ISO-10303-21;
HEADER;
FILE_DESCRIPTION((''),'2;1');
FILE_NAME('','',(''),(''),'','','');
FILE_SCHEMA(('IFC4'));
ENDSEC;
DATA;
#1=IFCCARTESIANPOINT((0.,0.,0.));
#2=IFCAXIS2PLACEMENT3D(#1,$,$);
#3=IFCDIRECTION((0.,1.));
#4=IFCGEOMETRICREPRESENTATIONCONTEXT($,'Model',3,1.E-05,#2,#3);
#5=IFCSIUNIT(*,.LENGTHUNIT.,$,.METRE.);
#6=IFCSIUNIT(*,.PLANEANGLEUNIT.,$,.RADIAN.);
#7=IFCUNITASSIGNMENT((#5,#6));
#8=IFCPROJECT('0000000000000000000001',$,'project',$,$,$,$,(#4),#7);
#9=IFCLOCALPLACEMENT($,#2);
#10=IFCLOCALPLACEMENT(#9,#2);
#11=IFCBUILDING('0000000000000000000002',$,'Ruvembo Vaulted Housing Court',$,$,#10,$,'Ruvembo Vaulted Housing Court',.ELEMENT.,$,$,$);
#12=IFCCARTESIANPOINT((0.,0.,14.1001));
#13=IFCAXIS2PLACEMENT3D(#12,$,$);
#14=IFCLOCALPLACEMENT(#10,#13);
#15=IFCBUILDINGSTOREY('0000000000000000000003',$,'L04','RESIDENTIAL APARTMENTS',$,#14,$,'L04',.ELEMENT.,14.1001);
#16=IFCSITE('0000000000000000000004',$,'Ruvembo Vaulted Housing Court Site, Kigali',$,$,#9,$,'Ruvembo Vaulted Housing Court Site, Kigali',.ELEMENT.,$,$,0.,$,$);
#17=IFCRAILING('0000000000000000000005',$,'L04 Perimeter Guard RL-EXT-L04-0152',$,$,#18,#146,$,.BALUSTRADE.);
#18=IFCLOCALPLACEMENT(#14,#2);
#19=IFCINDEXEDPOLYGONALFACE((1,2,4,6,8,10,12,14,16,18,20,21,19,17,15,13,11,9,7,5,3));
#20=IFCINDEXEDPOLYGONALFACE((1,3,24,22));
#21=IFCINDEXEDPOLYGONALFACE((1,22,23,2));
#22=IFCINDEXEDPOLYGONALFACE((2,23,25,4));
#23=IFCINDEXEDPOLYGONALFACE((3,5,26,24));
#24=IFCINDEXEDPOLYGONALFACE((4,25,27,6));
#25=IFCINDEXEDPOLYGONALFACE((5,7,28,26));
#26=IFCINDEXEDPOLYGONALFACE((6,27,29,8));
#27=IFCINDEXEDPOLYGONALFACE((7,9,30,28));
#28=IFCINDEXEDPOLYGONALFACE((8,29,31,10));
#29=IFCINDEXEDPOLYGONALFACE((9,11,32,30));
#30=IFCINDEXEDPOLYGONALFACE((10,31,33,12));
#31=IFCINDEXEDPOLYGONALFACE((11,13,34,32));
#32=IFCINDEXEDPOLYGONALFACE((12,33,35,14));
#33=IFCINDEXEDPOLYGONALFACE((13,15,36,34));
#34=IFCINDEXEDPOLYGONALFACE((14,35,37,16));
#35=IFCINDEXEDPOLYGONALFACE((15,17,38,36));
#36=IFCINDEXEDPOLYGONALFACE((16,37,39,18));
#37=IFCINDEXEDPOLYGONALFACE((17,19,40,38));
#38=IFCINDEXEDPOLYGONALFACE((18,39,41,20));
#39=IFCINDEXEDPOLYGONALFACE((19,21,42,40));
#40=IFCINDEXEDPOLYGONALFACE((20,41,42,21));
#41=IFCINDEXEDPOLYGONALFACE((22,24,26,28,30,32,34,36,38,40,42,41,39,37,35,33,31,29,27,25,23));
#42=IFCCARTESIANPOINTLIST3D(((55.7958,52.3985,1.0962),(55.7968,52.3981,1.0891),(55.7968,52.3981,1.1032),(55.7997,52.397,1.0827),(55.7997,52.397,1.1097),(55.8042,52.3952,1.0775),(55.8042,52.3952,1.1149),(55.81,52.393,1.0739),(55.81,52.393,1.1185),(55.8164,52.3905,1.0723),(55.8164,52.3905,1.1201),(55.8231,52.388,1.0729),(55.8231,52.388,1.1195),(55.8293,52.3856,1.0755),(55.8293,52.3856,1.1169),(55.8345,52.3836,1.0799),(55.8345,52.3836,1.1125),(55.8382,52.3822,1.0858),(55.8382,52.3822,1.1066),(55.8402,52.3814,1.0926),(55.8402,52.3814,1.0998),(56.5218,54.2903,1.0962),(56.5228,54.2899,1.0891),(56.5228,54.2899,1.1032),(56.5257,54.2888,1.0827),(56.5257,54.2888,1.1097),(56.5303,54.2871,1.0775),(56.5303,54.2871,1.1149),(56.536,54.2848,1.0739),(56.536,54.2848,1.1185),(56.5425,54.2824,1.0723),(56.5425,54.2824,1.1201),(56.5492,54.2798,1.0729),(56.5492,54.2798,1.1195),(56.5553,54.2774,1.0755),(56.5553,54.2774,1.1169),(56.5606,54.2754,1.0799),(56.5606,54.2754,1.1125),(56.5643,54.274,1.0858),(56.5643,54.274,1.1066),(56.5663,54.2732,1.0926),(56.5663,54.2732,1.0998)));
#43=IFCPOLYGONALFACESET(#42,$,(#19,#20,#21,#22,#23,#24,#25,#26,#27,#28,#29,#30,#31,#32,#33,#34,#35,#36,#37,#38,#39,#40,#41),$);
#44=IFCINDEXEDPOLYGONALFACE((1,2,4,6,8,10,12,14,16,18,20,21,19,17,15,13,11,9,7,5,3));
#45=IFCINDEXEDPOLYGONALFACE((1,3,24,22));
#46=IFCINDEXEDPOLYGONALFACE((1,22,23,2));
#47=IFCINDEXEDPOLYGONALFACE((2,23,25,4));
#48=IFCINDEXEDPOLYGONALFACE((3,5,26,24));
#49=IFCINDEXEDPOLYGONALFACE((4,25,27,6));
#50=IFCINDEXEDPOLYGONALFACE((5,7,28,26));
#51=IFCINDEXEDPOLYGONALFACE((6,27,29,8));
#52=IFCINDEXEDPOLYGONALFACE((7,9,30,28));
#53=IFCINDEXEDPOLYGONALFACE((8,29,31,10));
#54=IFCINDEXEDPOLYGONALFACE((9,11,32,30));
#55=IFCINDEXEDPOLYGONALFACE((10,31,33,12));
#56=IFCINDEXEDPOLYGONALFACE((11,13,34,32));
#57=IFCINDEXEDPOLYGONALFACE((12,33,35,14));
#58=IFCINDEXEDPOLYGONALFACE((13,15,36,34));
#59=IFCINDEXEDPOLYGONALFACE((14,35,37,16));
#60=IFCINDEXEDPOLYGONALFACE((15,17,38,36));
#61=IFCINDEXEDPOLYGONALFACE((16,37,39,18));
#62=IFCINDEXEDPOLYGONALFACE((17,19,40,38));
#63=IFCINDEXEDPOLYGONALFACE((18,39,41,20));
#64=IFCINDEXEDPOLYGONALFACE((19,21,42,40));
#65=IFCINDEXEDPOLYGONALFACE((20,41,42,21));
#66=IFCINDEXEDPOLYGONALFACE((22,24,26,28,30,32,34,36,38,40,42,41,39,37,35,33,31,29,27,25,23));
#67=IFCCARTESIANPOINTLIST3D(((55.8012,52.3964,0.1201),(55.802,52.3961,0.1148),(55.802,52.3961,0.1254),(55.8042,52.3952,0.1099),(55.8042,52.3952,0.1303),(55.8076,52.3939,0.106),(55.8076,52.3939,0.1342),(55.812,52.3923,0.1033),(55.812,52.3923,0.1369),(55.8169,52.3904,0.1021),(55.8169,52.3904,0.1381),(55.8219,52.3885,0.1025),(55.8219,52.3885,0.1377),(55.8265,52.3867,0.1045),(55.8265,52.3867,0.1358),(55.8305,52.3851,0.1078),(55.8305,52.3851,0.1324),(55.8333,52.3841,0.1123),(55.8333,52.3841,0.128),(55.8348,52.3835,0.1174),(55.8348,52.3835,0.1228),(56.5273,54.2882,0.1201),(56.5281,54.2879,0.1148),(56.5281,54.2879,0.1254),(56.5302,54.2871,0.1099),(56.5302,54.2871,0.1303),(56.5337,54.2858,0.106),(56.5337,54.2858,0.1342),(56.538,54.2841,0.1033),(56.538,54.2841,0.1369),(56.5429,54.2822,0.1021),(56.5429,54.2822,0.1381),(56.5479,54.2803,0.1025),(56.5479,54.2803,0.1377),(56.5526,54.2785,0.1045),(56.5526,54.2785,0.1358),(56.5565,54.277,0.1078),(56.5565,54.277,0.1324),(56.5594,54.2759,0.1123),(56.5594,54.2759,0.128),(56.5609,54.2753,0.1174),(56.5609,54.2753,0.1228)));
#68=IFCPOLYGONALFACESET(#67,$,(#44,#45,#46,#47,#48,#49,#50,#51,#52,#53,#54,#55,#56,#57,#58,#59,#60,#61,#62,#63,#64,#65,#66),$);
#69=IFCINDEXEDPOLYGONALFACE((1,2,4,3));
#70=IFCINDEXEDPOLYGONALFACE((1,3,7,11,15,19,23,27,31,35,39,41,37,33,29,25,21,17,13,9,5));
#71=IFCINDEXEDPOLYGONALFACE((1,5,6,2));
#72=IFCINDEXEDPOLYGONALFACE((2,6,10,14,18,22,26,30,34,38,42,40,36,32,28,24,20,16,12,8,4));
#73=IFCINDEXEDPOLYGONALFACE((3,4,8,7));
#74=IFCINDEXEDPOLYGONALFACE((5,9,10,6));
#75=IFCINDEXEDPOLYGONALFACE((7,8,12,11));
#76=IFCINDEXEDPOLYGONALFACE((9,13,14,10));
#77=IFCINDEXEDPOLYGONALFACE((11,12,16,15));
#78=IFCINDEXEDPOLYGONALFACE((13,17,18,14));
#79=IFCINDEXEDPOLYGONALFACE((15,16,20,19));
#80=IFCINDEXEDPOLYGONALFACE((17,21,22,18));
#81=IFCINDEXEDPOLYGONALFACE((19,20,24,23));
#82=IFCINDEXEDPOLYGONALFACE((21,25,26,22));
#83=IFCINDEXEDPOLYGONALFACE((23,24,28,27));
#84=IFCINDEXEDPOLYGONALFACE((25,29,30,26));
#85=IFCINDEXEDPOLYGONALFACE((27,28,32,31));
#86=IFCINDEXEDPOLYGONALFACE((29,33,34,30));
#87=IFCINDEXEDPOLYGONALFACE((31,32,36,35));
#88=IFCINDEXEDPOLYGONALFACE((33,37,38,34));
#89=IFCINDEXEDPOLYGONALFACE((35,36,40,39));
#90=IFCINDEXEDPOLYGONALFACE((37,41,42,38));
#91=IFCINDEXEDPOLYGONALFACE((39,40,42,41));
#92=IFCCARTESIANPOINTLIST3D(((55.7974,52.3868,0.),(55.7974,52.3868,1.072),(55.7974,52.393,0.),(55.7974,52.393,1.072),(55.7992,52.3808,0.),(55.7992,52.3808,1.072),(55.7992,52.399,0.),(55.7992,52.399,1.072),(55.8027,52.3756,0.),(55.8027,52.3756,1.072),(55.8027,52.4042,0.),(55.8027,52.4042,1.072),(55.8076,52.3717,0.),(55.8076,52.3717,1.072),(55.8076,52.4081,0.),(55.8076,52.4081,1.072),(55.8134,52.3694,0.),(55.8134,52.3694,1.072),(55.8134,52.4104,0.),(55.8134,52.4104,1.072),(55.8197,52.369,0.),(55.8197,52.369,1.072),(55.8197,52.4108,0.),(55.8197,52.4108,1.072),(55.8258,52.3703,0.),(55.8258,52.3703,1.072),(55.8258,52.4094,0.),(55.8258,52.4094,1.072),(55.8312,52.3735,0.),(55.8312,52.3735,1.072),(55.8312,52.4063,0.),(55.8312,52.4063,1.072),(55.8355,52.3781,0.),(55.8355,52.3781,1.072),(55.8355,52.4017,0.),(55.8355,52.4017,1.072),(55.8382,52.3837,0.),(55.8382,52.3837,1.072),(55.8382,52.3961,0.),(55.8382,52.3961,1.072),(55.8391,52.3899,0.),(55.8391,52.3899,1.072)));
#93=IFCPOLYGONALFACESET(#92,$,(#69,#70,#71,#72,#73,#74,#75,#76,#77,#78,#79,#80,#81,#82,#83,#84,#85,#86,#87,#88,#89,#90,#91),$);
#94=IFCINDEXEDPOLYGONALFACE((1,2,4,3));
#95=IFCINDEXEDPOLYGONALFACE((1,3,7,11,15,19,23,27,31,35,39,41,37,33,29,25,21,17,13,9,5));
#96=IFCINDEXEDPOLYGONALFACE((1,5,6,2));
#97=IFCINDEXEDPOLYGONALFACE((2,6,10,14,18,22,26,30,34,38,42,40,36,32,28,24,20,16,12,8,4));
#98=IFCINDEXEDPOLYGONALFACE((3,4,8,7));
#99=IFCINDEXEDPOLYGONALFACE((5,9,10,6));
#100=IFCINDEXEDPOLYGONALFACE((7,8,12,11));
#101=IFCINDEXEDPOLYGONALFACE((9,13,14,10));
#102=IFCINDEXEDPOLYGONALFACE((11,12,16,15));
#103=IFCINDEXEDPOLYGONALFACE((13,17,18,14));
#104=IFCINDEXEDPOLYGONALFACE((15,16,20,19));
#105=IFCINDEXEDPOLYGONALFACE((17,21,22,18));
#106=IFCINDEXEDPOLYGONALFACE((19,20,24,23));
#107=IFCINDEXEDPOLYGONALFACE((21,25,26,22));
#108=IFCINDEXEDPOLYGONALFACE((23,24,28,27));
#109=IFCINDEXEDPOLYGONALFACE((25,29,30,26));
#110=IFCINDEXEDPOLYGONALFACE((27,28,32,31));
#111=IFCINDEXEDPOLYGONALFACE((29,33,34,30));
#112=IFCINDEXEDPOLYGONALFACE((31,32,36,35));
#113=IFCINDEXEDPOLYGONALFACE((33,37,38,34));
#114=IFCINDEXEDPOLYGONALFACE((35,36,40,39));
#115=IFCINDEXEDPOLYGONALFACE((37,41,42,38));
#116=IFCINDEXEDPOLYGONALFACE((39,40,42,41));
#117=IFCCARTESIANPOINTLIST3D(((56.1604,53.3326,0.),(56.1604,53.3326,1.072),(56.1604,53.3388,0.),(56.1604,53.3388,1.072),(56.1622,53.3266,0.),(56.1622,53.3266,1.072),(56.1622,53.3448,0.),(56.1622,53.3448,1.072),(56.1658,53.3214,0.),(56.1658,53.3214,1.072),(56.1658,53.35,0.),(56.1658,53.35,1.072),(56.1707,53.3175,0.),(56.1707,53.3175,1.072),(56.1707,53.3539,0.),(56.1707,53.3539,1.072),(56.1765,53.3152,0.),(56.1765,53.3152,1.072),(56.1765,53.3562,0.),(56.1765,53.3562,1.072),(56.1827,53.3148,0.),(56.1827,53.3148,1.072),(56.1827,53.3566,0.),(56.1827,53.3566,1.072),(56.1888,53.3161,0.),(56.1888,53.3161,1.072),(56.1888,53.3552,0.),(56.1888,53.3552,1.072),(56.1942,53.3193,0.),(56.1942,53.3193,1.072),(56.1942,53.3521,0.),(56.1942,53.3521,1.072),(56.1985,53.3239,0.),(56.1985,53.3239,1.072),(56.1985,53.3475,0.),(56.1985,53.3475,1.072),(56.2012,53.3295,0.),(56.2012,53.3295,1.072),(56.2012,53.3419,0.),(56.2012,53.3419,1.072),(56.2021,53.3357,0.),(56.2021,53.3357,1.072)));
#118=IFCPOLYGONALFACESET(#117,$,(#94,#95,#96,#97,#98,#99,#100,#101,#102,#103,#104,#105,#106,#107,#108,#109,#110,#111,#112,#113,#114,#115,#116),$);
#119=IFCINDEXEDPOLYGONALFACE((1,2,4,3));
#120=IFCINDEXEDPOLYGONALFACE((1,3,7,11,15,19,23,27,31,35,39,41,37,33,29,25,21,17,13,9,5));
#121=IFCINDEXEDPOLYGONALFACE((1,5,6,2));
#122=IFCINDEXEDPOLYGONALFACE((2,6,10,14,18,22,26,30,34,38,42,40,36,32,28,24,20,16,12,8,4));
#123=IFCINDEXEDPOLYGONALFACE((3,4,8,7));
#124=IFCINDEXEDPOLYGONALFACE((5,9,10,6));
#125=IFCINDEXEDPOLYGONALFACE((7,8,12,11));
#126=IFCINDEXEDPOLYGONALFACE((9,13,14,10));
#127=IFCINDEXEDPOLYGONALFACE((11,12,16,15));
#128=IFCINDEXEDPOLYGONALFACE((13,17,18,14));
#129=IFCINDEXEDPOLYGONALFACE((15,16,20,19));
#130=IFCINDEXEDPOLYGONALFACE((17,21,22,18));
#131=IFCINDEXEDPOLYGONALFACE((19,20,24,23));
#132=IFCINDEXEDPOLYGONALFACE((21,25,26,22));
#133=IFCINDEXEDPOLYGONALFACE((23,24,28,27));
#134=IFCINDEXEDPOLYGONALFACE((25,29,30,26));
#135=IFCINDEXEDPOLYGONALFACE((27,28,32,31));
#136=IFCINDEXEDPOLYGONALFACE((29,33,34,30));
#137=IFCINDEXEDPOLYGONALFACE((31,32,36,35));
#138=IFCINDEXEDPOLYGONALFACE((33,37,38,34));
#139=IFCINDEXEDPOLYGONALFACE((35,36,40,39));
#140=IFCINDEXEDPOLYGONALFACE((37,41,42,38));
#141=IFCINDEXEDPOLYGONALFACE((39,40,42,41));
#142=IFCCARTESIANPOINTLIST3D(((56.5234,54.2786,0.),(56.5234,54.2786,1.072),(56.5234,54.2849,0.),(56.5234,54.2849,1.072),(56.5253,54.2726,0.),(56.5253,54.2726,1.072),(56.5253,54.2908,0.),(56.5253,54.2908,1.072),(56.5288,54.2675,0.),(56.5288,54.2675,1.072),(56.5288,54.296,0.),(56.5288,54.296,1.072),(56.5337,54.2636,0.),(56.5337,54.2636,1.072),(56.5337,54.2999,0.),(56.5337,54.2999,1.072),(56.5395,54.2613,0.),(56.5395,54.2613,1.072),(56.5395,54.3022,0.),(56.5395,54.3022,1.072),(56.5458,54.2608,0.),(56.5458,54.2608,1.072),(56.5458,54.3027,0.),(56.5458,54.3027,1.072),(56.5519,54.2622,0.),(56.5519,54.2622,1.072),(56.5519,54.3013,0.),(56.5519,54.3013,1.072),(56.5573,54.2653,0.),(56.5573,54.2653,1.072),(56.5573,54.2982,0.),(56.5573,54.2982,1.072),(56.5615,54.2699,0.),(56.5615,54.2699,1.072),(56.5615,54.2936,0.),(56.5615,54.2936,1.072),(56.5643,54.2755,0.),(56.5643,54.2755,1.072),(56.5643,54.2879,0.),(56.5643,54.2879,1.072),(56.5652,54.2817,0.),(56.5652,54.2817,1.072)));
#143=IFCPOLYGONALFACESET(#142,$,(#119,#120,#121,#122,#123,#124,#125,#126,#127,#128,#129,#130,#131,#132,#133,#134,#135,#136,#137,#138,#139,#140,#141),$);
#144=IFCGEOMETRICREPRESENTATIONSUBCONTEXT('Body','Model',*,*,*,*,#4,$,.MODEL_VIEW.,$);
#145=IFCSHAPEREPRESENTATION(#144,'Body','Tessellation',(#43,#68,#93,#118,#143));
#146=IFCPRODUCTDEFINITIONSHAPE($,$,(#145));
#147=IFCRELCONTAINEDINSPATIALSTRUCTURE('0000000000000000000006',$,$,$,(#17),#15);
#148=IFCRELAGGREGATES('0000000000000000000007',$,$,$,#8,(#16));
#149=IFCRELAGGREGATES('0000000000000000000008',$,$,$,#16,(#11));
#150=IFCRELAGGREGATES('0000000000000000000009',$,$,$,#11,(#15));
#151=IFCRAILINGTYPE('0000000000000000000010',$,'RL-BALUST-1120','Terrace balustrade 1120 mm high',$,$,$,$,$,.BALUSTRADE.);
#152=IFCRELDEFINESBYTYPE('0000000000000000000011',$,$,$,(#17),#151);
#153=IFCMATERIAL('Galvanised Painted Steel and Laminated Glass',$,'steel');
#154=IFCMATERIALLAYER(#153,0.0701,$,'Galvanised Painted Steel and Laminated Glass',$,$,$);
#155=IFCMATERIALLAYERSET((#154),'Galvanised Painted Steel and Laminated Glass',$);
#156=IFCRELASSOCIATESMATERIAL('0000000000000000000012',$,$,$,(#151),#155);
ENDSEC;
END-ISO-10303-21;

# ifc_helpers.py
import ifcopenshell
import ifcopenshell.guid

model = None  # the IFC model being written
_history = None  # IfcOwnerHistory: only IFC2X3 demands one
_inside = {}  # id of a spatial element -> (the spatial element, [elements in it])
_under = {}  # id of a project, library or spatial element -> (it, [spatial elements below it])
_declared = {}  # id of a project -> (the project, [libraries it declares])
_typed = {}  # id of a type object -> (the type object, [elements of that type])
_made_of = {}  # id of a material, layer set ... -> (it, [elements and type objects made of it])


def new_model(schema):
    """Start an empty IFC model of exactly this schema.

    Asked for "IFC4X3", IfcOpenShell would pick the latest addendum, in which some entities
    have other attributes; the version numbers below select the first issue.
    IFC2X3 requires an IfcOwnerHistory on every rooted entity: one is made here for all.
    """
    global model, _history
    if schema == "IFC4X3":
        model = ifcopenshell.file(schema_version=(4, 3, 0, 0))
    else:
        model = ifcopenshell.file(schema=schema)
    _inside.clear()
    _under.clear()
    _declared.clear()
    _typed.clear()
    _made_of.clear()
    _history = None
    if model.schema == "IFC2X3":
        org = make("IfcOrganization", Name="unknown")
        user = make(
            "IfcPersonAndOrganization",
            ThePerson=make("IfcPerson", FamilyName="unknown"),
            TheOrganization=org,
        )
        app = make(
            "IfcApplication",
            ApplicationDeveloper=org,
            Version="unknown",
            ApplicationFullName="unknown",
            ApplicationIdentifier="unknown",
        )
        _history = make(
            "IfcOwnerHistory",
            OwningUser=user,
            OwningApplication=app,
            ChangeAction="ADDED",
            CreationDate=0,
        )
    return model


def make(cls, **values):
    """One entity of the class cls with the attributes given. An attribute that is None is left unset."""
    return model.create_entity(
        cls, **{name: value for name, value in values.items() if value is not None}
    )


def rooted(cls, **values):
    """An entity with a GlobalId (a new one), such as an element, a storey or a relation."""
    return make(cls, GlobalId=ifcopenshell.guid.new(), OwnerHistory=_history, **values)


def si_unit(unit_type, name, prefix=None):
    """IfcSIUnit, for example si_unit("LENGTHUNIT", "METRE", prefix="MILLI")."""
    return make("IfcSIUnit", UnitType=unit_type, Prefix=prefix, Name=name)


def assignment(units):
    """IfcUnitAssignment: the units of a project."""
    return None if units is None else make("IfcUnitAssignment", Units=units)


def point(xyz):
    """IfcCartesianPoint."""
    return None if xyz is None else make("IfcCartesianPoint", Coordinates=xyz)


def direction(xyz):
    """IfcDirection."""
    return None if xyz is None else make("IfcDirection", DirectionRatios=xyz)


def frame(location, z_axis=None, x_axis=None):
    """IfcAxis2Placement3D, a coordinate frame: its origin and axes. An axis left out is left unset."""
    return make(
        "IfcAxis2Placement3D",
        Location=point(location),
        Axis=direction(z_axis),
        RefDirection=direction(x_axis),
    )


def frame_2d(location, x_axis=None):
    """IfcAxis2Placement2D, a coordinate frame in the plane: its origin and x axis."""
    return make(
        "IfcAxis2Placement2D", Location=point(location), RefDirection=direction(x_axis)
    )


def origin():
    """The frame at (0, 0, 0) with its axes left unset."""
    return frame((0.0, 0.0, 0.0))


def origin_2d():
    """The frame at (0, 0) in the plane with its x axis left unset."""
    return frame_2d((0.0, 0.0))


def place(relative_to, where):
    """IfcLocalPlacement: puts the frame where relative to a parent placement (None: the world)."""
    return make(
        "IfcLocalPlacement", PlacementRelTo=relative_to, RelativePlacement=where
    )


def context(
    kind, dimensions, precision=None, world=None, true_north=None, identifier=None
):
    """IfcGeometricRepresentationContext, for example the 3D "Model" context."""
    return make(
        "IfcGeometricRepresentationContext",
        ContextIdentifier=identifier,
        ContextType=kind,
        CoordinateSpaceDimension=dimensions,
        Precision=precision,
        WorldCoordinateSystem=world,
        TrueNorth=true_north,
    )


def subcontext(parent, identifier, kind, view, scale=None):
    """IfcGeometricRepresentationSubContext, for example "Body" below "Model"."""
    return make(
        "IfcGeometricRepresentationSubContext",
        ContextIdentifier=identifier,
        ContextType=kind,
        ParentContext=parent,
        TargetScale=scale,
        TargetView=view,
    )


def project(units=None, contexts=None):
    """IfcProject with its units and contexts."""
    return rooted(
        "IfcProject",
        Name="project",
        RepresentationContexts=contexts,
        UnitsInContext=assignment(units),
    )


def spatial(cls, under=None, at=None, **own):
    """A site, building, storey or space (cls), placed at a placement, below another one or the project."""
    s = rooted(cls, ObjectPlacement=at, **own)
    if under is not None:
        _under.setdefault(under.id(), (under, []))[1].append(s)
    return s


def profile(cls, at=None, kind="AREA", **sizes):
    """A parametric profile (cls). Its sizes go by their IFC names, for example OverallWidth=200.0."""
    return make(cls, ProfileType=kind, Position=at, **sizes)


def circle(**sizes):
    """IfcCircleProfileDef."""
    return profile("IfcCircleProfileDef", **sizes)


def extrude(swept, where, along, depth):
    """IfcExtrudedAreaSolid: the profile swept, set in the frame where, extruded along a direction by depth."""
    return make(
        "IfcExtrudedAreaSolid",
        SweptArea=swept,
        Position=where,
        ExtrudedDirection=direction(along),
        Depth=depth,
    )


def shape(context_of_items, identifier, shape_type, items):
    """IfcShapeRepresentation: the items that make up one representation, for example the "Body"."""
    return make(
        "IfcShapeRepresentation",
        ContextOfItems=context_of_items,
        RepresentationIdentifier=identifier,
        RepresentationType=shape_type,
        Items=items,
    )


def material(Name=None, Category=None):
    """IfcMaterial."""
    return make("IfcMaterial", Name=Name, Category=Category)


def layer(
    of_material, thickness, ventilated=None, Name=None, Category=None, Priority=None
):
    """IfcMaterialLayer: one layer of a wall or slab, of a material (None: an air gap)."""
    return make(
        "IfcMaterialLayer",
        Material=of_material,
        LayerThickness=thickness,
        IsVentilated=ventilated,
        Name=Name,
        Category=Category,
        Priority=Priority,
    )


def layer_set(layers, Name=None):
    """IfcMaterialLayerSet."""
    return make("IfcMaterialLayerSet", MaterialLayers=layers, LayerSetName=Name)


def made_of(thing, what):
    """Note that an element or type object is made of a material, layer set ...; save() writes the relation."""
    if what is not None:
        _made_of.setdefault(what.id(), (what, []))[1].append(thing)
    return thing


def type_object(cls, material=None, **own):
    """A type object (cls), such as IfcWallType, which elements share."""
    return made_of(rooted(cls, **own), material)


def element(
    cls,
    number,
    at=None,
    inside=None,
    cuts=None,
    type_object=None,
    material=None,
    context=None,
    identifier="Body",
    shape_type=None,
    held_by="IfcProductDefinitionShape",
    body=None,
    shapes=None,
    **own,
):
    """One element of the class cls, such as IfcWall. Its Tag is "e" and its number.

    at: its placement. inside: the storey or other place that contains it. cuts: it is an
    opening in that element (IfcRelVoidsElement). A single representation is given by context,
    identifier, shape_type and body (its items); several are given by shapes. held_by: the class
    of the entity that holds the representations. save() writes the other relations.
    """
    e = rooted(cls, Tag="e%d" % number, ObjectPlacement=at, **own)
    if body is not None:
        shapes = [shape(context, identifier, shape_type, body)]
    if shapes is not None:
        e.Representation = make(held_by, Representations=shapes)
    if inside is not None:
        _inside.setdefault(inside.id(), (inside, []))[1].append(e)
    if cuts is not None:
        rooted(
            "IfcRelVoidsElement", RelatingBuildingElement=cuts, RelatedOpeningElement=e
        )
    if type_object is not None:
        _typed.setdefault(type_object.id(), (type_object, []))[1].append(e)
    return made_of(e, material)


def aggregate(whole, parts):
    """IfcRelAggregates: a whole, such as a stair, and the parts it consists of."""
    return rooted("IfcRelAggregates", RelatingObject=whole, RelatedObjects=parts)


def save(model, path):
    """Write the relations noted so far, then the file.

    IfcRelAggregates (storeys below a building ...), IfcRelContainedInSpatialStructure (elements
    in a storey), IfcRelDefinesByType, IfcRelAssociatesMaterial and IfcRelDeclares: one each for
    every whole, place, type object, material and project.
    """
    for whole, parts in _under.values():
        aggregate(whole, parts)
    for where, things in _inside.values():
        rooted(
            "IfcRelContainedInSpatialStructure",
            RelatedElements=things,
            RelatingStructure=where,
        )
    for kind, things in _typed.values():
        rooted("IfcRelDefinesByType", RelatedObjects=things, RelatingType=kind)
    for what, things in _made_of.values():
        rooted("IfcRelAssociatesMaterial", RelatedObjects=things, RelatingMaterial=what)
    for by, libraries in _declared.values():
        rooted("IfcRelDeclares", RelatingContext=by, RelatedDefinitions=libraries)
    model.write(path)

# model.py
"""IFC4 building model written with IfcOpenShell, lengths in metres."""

from ifc_helpers import new_model, si_unit, direction, frame, origin, origin_2d, place, context, subcontext, project, spatial, circle, extrude, material, layer, layer_set, type_object, element, save


model = new_model("IFC4")

# Units and contexts
model_context = context("Model", 3, precision=1e-05, world=origin(), true_north=direction((0.0, 1.0)))
body_context = subcontext(model_context, "Body", "Model", "MODEL_VIEW")
ifc_project = project(units=[si_unit("LENGTHUNIT", "METRE"), si_unit("PLANEANGLEUNIT", "RADIAN")], contexts=[model_context])

# Site, building, storey
site_placement = place(None, origin())
site = spatial("IfcSite", under=ifc_project, at=site_placement, Name="Ruvembo Vaulted Housing Court Site, Kigali", LongName="Ruvembo Vaulted Housing Court Site, Kigali", CompositionType="ELEMENT", RefElevation=0.0)
building_placement = place(site_placement, origin())
building = spatial("IfcBuilding", under=site, at=building_placement, Name="Ruvembo Vaulted Housing Court", LongName="Ruvembo Vaulted Housing Court", CompositionType="ELEMENT")
storey_placement = place(building_placement, frame((0.0, 0.0, 14.1001)))
storey = spatial("IfcBuildingStorey", under=building, at=storey_placement, Name="L04", Description="RESIDENTIAL APARTMENTS", LongName="L04", CompositionType="ELEMENT", Elevation=14.1001)

# Railing
ifc_material_1 = material(Name="Galvanised Painted Steel and Laminated Glass", Category="steel")
ifc_layer_1 = layer(ifc_material_1, 0.0701, Name="Galvanised Painted Steel and Laminated Glass")
ifc_layer_set_1 = layer_set([ifc_layer_1], Name="Galvanised Painted Steel and Laminated Glass")
railing_type = type_object("IfcRailingType", Name="RL-BALUST-1120", Description="Terrace balustrade 1120 mm high", PredefinedType="BALUSTRADE", material=ifc_layer_set_1)
railing_placement = place(storey_placement, frame((55.8181, 52.3899, 0.0)))
element("IfcRailing", 1, at=railing_placement, inside=storey, type_object=railing_type, Name="L04 Perimeter Guard RL-EXT-L04-0152", PredefinedType="BALUSTRADE", context=body_context, shape_type="SweptSolid", body=[
    extrude(circle(Radius=0.0239, at=origin_2d()), frame((0.0, 0.0, 1.0962), z_axis=(0.358309, 0.933603, 0.0), x_axis=(-0.933603, 0.358309, 0.0)), (0.0, 0.0, 1.0), 2.0264),
    extrude(circle(Radius=0.0181, at=origin_2d()), frame((0.0, 0.0, 0.1201), z_axis=(0.358309, 0.933603, 0.0), x_axis=(-0.933603, 0.358309, 0.0)), (0.0, 0.0, 1.0), 2.0264),
    extrude(circle(Radius=0.021, at=origin_2d()), origin(), (0.0, 0.0, 1.0), 1.072),
    extrude(circle(Radius=0.021, at=origin_2d()), frame((0.363, 0.9458, 0.0)), (0.0, 0.0, 1.0), 1.072),
    extrude(circle(Radius=0.021, at=origin_2d()), frame((0.7261, 1.8918, 0.0)), (0.0, 0.0, 1.0), 1.072),
])

save(model, "model.ifc")
